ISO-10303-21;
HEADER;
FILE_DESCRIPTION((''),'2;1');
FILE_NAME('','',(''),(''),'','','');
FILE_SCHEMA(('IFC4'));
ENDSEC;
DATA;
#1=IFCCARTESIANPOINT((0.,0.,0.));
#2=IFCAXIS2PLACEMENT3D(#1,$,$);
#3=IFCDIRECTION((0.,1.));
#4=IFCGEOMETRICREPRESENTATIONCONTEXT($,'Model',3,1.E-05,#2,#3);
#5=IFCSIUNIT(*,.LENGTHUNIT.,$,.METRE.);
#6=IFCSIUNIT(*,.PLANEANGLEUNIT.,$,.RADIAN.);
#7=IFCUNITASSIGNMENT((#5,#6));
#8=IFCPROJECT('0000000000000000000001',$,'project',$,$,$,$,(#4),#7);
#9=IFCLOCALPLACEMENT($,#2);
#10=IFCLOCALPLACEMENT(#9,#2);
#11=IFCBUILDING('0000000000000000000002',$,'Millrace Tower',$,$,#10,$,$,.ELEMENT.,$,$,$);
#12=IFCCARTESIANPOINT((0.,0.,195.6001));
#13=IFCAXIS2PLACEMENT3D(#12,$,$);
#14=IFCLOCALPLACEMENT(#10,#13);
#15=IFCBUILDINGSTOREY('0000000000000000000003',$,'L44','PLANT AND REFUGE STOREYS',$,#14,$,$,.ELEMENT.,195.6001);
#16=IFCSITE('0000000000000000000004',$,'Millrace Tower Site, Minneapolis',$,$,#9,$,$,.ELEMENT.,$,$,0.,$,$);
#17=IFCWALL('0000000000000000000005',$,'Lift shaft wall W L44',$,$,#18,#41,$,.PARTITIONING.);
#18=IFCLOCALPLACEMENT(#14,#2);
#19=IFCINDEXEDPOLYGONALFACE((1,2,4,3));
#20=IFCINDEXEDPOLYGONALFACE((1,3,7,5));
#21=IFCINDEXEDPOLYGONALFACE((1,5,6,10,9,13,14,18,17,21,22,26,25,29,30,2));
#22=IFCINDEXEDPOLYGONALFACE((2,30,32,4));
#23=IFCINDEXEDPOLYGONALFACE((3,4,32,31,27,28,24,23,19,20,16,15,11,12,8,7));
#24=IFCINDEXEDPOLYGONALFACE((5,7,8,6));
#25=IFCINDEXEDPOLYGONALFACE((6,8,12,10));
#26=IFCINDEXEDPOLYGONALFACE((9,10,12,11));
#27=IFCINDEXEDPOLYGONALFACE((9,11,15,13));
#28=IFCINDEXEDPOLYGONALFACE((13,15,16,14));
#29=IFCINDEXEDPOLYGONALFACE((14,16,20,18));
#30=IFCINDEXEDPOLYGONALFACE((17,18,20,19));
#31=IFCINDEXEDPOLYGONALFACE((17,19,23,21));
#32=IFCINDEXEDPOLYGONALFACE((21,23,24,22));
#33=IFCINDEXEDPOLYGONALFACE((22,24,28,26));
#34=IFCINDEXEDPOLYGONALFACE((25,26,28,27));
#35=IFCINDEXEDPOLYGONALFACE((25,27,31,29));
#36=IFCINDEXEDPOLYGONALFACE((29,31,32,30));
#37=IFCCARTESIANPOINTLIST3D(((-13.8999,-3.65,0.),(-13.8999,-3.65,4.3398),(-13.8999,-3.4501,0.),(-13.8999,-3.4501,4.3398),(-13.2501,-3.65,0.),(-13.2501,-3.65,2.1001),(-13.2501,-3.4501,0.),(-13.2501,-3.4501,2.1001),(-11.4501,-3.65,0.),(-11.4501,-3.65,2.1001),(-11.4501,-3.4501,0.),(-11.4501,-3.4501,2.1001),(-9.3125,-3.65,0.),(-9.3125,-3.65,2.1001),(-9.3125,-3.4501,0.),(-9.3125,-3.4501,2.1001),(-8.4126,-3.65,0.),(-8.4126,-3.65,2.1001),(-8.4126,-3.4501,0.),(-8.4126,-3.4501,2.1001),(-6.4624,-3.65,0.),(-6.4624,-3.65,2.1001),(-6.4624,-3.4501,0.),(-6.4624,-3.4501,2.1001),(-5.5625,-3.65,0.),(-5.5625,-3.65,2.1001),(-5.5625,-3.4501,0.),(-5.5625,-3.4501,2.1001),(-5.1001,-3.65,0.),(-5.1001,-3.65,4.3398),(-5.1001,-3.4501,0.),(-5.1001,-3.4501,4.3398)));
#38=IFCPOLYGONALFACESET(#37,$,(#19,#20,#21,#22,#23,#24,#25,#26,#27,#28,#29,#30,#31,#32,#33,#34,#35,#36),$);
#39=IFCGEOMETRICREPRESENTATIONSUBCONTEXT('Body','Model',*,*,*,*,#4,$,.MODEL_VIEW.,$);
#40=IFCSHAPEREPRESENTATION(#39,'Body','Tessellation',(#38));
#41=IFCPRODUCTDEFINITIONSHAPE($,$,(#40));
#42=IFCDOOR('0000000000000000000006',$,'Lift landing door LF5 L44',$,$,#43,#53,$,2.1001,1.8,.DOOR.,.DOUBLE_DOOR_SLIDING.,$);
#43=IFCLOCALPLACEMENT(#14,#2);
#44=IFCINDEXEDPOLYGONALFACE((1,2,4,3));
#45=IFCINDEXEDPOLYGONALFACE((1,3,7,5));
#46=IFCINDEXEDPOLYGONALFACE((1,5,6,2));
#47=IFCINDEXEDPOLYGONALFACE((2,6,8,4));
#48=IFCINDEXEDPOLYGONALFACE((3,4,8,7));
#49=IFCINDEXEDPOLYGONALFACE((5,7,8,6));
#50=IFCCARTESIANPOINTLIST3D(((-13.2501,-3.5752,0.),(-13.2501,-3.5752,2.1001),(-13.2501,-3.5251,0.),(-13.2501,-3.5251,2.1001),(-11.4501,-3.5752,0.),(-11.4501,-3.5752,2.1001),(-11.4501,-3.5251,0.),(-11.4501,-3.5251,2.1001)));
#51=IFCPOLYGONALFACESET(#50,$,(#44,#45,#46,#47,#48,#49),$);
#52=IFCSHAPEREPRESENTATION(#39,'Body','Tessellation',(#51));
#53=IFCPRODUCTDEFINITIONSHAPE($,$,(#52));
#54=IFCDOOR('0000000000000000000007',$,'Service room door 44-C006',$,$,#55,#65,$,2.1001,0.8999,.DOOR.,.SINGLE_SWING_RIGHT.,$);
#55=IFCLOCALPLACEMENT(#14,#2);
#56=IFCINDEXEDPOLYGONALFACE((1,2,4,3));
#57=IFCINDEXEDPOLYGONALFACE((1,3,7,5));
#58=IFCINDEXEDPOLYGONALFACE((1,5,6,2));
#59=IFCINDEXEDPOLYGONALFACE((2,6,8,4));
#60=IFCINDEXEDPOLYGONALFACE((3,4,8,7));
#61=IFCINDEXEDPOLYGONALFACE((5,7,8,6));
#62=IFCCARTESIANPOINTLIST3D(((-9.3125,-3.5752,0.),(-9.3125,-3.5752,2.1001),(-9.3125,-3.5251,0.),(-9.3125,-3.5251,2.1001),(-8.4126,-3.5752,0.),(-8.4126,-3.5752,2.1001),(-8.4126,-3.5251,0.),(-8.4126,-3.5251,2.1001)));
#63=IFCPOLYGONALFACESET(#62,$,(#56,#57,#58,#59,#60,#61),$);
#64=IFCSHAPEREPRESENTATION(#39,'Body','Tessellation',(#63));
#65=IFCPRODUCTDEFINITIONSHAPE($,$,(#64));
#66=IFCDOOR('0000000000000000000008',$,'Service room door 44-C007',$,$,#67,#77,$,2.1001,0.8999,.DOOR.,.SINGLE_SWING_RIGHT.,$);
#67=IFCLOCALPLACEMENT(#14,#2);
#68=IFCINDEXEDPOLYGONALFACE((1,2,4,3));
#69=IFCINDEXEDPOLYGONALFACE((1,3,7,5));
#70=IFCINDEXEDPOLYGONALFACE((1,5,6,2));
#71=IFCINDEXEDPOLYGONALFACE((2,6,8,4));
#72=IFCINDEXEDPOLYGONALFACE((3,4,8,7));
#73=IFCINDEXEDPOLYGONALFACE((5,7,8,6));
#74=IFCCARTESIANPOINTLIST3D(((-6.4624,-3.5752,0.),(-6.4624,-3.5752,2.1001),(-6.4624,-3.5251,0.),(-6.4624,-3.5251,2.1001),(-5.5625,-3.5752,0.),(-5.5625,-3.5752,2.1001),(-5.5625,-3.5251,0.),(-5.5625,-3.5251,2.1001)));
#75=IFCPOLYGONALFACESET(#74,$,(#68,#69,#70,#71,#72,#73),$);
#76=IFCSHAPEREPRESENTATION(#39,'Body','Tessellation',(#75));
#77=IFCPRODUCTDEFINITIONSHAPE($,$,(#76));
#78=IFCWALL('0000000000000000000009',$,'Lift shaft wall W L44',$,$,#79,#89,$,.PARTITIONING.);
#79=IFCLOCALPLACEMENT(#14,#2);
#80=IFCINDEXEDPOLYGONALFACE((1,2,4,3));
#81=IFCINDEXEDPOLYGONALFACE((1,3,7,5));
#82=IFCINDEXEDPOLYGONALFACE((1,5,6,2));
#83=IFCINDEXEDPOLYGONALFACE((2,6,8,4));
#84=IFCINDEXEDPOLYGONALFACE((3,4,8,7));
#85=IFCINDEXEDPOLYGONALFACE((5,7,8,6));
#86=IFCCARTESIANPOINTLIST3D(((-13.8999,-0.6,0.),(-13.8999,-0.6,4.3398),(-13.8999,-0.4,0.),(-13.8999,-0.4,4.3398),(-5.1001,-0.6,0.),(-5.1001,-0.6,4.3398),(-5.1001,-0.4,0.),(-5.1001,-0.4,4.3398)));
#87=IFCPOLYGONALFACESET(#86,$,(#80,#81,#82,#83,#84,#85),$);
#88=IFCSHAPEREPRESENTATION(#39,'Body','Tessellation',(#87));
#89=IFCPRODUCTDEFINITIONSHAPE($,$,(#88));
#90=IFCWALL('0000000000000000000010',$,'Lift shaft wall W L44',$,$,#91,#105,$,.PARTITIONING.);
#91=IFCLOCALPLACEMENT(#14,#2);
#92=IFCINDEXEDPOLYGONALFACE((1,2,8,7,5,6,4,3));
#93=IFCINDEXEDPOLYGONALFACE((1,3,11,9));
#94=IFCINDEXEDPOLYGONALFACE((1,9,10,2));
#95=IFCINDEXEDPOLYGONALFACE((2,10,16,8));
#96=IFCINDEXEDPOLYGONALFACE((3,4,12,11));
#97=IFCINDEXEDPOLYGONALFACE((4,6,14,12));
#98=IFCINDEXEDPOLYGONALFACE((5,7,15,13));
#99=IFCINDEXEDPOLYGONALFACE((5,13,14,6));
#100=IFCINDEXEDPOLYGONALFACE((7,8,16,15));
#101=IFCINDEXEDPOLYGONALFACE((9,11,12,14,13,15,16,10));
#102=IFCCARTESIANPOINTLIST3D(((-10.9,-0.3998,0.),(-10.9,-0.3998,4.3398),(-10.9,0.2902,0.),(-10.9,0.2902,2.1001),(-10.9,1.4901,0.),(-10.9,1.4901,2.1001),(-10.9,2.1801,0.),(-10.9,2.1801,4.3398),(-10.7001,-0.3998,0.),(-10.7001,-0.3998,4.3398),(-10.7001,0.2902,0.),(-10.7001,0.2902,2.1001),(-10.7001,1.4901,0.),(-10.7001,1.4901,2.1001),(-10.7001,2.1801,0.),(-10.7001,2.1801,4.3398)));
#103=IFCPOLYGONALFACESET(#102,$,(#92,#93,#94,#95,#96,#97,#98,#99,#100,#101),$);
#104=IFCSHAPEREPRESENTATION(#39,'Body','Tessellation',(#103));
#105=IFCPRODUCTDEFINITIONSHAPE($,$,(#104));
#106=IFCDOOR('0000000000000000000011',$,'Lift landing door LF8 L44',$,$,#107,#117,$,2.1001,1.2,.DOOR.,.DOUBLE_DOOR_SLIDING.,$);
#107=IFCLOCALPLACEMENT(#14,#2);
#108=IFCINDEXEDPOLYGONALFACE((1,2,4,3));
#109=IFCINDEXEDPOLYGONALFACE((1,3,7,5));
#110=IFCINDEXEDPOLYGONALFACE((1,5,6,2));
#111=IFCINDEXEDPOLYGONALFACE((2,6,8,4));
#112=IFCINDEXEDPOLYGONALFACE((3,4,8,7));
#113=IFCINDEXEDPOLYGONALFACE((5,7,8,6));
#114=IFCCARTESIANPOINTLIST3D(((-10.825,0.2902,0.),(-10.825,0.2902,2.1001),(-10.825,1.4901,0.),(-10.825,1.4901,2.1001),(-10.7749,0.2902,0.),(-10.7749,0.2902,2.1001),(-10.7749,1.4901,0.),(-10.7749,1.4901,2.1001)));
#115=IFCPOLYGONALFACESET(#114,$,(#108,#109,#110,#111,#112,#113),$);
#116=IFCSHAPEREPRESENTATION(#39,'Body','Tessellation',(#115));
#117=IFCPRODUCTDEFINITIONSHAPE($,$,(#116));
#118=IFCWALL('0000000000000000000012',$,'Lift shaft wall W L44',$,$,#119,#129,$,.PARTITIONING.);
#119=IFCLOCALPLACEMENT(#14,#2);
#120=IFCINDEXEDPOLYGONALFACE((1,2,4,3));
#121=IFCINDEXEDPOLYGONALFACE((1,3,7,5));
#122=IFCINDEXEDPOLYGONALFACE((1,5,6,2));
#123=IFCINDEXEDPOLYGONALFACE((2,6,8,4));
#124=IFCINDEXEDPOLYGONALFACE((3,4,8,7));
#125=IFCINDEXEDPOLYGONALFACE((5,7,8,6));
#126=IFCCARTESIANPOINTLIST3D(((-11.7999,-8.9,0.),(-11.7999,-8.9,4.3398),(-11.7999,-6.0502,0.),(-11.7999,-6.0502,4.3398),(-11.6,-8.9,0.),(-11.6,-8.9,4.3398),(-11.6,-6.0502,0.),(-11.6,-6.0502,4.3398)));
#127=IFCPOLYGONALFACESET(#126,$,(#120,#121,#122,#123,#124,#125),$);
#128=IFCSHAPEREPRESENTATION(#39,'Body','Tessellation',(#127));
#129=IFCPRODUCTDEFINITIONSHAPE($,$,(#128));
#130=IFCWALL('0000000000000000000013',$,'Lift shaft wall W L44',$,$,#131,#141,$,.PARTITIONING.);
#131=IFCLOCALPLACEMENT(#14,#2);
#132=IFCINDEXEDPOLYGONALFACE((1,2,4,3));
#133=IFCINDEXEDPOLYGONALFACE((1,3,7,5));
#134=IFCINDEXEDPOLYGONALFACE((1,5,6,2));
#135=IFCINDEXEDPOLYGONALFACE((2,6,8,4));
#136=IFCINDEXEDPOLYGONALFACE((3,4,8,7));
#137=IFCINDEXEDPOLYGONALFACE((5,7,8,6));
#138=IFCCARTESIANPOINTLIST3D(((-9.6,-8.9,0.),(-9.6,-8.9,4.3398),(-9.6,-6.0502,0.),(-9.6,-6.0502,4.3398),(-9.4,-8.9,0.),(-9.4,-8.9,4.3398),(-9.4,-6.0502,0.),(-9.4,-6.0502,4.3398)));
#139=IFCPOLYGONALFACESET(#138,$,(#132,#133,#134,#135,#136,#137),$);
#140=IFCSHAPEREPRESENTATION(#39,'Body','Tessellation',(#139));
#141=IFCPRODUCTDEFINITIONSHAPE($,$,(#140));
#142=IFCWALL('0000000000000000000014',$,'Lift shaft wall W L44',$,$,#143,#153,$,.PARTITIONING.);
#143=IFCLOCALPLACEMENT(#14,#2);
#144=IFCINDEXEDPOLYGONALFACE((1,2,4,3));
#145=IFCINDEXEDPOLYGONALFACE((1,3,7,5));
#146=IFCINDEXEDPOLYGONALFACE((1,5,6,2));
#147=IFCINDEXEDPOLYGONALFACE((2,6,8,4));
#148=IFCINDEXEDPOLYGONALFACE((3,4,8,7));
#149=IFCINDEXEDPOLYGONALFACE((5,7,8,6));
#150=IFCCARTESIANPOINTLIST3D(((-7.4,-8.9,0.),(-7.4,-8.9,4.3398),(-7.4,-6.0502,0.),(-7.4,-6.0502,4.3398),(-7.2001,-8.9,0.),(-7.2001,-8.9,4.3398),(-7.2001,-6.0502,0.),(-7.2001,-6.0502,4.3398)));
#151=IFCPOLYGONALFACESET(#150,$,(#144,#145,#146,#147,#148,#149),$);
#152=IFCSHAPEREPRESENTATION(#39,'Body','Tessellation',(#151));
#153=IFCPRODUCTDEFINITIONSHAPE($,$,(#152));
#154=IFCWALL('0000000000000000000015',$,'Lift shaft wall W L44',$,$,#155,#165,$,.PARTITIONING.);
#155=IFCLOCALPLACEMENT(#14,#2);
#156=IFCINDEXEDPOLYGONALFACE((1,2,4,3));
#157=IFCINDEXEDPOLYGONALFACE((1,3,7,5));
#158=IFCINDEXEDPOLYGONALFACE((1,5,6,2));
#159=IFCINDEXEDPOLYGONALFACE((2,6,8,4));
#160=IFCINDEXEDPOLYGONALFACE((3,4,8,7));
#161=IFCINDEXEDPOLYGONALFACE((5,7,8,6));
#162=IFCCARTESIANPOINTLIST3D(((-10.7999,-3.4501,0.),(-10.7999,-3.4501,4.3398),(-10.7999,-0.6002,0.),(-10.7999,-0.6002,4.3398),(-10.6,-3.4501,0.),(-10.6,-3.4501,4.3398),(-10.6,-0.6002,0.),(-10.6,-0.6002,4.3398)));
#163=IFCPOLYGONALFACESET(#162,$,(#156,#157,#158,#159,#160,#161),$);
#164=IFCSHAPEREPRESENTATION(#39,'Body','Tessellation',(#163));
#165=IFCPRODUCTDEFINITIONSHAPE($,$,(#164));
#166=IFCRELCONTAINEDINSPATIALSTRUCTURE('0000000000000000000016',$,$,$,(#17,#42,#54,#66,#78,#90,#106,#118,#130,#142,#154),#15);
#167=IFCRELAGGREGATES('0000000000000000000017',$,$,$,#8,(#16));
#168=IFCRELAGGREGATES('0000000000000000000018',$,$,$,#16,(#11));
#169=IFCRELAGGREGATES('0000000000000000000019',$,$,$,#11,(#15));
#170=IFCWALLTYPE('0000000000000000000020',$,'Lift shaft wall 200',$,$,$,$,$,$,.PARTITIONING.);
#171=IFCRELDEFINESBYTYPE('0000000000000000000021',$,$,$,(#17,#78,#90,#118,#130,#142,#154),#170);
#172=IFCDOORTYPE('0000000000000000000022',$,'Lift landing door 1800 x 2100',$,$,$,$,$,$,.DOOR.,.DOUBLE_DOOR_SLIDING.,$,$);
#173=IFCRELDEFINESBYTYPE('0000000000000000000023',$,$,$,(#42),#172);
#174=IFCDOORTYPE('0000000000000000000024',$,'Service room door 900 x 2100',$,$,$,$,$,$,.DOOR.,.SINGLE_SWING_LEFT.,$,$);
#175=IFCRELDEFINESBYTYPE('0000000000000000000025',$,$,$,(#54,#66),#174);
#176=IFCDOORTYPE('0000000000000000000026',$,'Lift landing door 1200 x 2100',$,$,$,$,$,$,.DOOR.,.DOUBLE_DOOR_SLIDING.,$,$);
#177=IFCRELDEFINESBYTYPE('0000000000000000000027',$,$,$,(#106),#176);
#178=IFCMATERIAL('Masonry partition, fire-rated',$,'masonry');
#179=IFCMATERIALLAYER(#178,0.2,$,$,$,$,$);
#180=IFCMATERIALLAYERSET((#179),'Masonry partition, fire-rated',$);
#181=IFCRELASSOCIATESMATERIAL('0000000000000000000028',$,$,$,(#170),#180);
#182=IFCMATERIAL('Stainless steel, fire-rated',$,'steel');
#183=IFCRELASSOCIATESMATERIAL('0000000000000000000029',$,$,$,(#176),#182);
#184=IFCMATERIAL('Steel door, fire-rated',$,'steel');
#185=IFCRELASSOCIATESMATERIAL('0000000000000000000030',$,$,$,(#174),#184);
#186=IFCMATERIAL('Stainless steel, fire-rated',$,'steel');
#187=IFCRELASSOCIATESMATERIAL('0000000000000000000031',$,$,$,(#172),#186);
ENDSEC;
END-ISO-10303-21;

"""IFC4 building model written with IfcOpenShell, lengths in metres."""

from ifc_helpers import new_model, si_unit, direction, frame, frame_2d, origin, place, context, subcontext, project, spatial, rectangle, extrude, material, layer, layer_set, type_object, element, fill, save


model = new_model("IFC4")

# Units and contexts
model_context = context("Model", 3, precision=1e-05, world=origin(), true_north=direction((0.0, 1.0)))
body_context = subcontext(model_context, "Body", "Model", "MODEL_VIEW")
ifc_project = project(units=[si_unit("LENGTHUNIT", "METRE"), si_unit("PLANEANGLEUNIT", "RADIAN")], contexts=[model_context])

# Site, building, storey
site_placement = place(None, origin())
site = spatial("IfcSite", under=ifc_project, at=site_placement, Name="Millrace Tower Site, Minneapolis", CompositionType="ELEMENT", RefElevation=0.0)
building_placement = place(site_placement, origin())
building = spatial("IfcBuilding", under=site, at=building_placement, Name="Millrace Tower", CompositionType="ELEMENT")
storey_placement = place(building_placement, frame((0.0, 0.0, 195.6001)))
storey = spatial("IfcBuildingStorey", under=building, at=storey_placement, Name="L44", Description="PLANT AND REFUGE STOREYS", CompositionType="ELEMENT", Elevation=195.6001)

# Wall, openings, doors
ifc_material_1 = material(Name="Masonry partition, fire-rated", Category="masonry")
ifc_layer_1 = layer(ifc_material_1, 0.2)
ifc_layer_set_1 = layer_set([ifc_layer_1], Name="Masonry partition, fire-rated")
wall_type_1 = type_object("IfcWallType", Name="Lift shaft wall 200", PredefinedType="PARTITIONING", material=ifc_layer_set_1)
ifc_material_2 = material(Name="Stainless steel, fire-rated", Category="steel")
door_type_1 = type_object("IfcDoorType", Name="Lift landing door 1200 x 2100", OperationType="DOUBLE_DOOR_SLIDING", PredefinedType="DOOR", material=ifc_material_2)
ifc_material_3 = material(Name="Steel door, fire-rated", Category="steel")
door_type_2 = type_object("IfcDoorType", Name="Service room door 900 x 2100", OperationType="SINGLE_SWING_LEFT", PredefinedType="DOOR", material=ifc_material_3)
wall_1_placement = place(storey_placement, frame((-13.8999, -3.55, 0.0), z_axis=(0.0, 0.0, 1.0), x_axis=(1.0, 0.0, 0.0)))
wall_1 = element("IfcWall", 1, at=wall_1_placement, inside=storey, type_object=wall_type_1, Name="Lift shaft wall W L44", PredefinedType="PARTITIONING", context=body_context, shape_type="SweptSolid", body=[
    extrude(rectangle(XDim=8.7998, YDim=0.2, at=frame_2d((4.3999, 0.0))), origin(), (0.0, 0.0, 1.0), 4.3398),
])
opening_1_placement = place(wall_1_placement, frame((0.6499, 0.0, 0.0)))
opening_1 = element("IfcOpeningElement", 2, at=opening_1_placement, cuts=wall_1, PredefinedType="OPENING", context=body_context, shape_type="SweptSolid", body=[
    extrude(rectangle(XDim=1.8, YDim=2.1001, at=frame_2d((0.8999, 1.05))), frame((0.0, 0.1099, 0.0), z_axis=(0.0, -1.0, 0.0), x_axis=(1.0, 0.0, 0.0)), (0.0, 0.0, 1.0), 0.22),
])
opening_2_placement = place(wall_1_placement, frame((4.5874, 0.0, 0.0)))
opening_2 = element("IfcOpeningElement", 3, at=opening_2_placement, cuts=wall_1, PredefinedType="OPENING", context=body_context, shape_type="SweptSolid", body=[
    extrude(rectangle(XDim=0.8999, YDim=2.1001, at=frame_2d((0.45, 1.05))), frame((0.0, 0.1099, 0.0), z_axis=(0.0, -1.0, 0.0), x_axis=(1.0, 0.0, 0.0)), (0.0, 0.0, 1.0), 0.22),
])
opening_3_placement = place(wall_1_placement, frame((7.4375, 0.0, 0.0)))
opening_3 = element("IfcOpeningElement", 4, at=opening_3_placement, cuts=wall_1, PredefinedType="OPENING", context=body_context, shape_type="SweptSolid", body=[
    extrude(rectangle(XDim=0.8999, YDim=2.1001, at=frame_2d((0.45, 1.05))), frame((0.0, 0.1099, 0.0), z_axis=(0.0, -1.0, 0.0), x_axis=(1.0, 0.0, 0.0)), (0.0, 0.0, 1.0), 0.22),
])
ifc_material_4 = material(Name="Stainless steel, fire-rated", Category="steel")
door_type_3 = type_object("IfcDoorType", Name="Lift landing door 1800 x 2100", OperationType="DOUBLE_DOOR_SLIDING", PredefinedType="DOOR", material=ifc_material_4)
door_1_placement = place(opening_1_placement, origin())
door_1 = element("IfcDoor", 5, at=door_1_placement, inside=storey, type_object=door_type_3, Name="Lift landing door LF5 L44", OperationType="DOUBLE_DOOR_SLIDING", OverallHeight=2.1001, OverallWidth=1.8, PredefinedType="DOOR", context=body_context, shape_type="SweptSolid", body=[
    extrude(rectangle(XDim=1.8, YDim=2.1001, at=frame_2d((0.8999, 1.05))), frame((0.0, 0.0249, 0.0), z_axis=(0.0, -1.0, 0.0), x_axis=(1.0, 0.0, 0.0)), (0.0, 0.0, 1.0), 0.05),
])
fill(opening_1, door_1)
door_2_placement = place(opening_2_placement, origin())
door_2 = element("IfcDoor", 6, at=door_2_placement, inside=storey, type_object=door_type_2, Name="Service room door 44-C006", OperationType="SINGLE_SWING_RIGHT", OverallHeight=2.1001, OverallWidth=0.8999, PredefinedType="DOOR", context=body_context, shape_type="SweptSolid", body=[
    extrude(rectangle(XDim=0.8999, YDim=2.1001, at=frame_2d((0.45, 1.05))), frame((0.0, 0.0249, 0.0), z_axis=(0.0, -1.0, 0.0), x_axis=(1.0, 0.0, 0.0)), (0.0, 0.0, 1.0), 0.05),
])
fill(opening_2, door_2)
door_3_placement = place(opening_3_placement, origin())
door_3 = element("IfcDoor", 7, at=door_3_placement, inside=storey, type_object=door_type_2, Name="Service room door 44-C007", OperationType="SINGLE_SWING_RIGHT", OverallHeight=2.1001, OverallWidth=0.8999, PredefinedType="DOOR", context=body_context, shape_type="SweptSolid", body=[
    extrude(rectangle(XDim=0.8999, YDim=2.1001, at=frame_2d((0.45, 1.05))), frame((0.0, 0.0249, 0.0), z_axis=(0.0, -1.0, 0.0), x_axis=(1.0, 0.0, 0.0)), (0.0, 0.0, 1.0), 0.05),
])
fill(opening_3, door_3)

# Wall
wall_2_placement = place(storey_placement, frame((-13.8999, -0.5, 0.0), z_axis=(0.0, 0.0, 1.0), x_axis=(1.0, 0.0, 0.0)))
element("IfcWall", 8, at=wall_2_placement, inside=storey, type_object=wall_type_1, Name="Lift shaft wall W L44", PredefinedType="PARTITIONING", context=body_context, shape_type="SweptSolid", body=[
    extrude(rectangle(XDim=8.7998, YDim=0.2, at=frame_2d((4.3999, 0.0))), origin(), (0.0, 0.0, 1.0), 4.3398),
])

# Wall, opening, door
wall_3_placement = place(storey_placement, frame((-10.8, -0.3999, 0.0), z_axis=(0.0, 0.0, 1.0), x_axis=(0.0, 1.0, 0.0)))
wall_3 = element("IfcWall", 9, at=wall_3_placement, inside=storey, type_object=wall_type_1, Name="Lift shaft wall W L44", PredefinedType="PARTITIONING", context=body_context, shape_type="SweptSolid", body=[
    extrude(rectangle(XDim=2.5798, YDim=0.2, at=frame_2d((1.29, 0.0))), origin(), (0.0, 0.0, 1.0), 4.3398),
])
opening_4_placement = place(wall_3_placement, frame((0.6899, 0.0, 0.0)))
opening_4 = element("IfcOpeningElement", 10, at=opening_4_placement, cuts=wall_3, PredefinedType="OPENING", context=body_context, shape_type="SweptSolid", body=[
    extrude(rectangle(XDim=1.2, YDim=2.1001, at=frame_2d((0.6001, 1.05))), frame((0.0, 0.1099, 0.0), z_axis=(0.0, -1.0, 0.0), x_axis=(1.0, 0.0, 0.0)), (0.0, 0.0, 1.0), 0.22),
])
door_4_placement = place(opening_4_placement, origin())
door_4 = element("IfcDoor", 11, at=door_4_placement, inside=storey, type_object=door_type_1, Name="Lift landing door LF8 L44", OperationType="DOUBLE_DOOR_SLIDING", OverallHeight=2.1001, OverallWidth=1.2, PredefinedType="DOOR", context=body_context, shape_type="SweptSolid", body=[
    extrude(rectangle(XDim=1.2, YDim=2.1001, at=frame_2d((0.6001, 1.05))), frame((0.0, 0.0249, 0.0), z_axis=(0.0, -1.0, 0.0), x_axis=(1.0, 0.0, 0.0)), (0.0, 0.0, 1.0), 0.05),
])
fill(opening_4, door_4)

# Walls
for number, where, z_axis, x_axis, name in (
    (12, (-11.7, -8.8999, 0.0), (0.0, 0.0, 1.0), (0.0, 1.0, 0.0), "Lift shaft wall W L44"),
    (13, (-9.5, -8.8999, 0.0), (0.0, 0.0, 1.0), (0.0, 1.0, 0.0), "Lift shaft wall W L44"),
    (14, (-7.3, -8.8999, 0.0), (0.0, 0.0, 1.0), (0.0, 1.0, 0.0), "Lift shaft wall W L44"),
    (15, (-10.7, -3.45, 0.0), (0.0, 0.0, 1.0), (0.0, 1.0, 0.0), "Lift shaft wall W L44"),
):
    element("IfcWall", number, at=place(storey_placement, frame(where, z_axis=z_axis, x_axis=x_axis)), inside=storey, type_object=wall_type_1, Name=name, PredefinedType="PARTITIONING", context=body_context, shape_type="SweptSolid", body=[
        extrude(rectangle(XDim=2.8499, YDim=0.2, at=frame_2d((1.4248, 0.0))), origin(), (0.0, 0.0, 1.0), 4.3398),
    ])

save(model, "model.ifc")
